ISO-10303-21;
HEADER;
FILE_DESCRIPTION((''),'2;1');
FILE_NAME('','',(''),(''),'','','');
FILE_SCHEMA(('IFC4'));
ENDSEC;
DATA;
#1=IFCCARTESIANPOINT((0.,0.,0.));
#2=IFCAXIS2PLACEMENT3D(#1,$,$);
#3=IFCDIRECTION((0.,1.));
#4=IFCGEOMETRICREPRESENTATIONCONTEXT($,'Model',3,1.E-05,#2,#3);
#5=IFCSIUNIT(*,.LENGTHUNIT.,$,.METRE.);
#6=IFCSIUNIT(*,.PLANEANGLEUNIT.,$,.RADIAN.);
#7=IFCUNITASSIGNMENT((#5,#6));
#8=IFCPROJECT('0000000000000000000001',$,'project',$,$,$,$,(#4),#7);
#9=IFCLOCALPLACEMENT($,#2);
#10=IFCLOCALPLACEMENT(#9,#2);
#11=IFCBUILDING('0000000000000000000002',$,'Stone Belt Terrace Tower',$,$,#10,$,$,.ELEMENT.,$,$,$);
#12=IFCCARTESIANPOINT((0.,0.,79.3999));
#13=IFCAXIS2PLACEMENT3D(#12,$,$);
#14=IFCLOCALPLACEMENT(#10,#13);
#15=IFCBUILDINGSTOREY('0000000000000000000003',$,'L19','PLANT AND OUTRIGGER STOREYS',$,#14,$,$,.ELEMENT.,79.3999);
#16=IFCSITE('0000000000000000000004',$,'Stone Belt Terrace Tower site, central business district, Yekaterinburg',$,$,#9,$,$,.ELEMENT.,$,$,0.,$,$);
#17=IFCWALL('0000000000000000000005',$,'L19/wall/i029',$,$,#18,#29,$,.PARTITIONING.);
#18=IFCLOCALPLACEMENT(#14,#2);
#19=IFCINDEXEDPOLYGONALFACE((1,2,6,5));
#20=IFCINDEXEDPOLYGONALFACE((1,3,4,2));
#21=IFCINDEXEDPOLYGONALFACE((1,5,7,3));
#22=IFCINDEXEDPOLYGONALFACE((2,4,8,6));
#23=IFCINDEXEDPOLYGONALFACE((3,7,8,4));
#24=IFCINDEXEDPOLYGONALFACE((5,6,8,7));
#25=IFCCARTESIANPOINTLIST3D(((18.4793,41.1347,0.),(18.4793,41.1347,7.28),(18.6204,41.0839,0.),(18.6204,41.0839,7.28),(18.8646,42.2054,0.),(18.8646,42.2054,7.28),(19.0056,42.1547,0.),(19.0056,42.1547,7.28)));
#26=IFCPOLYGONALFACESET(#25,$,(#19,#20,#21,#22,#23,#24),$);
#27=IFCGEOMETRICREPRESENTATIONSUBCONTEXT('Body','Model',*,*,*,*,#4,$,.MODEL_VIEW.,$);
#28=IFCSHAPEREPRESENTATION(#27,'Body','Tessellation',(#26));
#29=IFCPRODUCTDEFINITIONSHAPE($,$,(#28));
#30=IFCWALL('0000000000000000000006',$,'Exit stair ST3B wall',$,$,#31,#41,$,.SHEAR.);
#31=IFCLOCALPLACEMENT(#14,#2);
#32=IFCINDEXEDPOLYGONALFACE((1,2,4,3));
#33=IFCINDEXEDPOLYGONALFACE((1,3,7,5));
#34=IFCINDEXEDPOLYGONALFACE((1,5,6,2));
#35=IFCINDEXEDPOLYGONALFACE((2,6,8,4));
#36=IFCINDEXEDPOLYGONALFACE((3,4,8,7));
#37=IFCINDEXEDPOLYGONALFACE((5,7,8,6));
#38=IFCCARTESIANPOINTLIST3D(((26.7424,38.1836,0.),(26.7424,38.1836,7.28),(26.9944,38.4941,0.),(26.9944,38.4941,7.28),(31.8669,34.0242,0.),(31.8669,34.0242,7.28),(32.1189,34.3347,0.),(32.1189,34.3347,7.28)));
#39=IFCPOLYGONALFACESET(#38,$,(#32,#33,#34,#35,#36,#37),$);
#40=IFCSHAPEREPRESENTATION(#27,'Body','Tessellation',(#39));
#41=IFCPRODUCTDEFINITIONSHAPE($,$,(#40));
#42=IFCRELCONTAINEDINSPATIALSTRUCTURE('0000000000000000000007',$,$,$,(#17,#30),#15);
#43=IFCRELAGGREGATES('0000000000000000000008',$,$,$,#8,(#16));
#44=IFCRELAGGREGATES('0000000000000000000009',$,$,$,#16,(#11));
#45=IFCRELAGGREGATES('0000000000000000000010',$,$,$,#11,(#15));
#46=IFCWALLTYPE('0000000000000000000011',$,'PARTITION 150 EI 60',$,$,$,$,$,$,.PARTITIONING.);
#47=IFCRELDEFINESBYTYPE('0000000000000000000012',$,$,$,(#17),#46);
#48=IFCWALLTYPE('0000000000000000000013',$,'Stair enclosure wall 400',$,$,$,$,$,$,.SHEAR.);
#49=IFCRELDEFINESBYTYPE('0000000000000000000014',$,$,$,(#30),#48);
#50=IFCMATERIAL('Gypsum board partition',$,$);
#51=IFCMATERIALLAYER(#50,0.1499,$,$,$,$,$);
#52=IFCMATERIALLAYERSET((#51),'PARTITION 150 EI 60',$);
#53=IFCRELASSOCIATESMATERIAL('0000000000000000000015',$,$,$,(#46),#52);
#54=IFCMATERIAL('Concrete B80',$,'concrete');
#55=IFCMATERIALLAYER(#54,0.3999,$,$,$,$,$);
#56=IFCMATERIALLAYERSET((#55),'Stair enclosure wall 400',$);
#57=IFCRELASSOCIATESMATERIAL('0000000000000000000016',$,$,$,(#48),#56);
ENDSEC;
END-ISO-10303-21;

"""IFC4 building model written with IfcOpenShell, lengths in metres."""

from ifc_helpers import new_model, si_unit, direction, frame, frame_2d, origin, place, context, subcontext, project, spatial, rectangle, extrude, material, layer, layer_set, type_object, element, save


model = new_model("IFC4")

# Units and contexts
model_context = context("Model", 3, precision=1e-05, world=origin(), true_north=direction((0.0, 1.0)))
body_context = subcontext(model_context, "Body", "Model", "MODEL_VIEW")
ifc_project = project(units=[si_unit("LENGTHUNIT", "METRE"), si_unit("PLANEANGLEUNIT", "RADIAN")], contexts=[model_context])

# Site, building, storey
site_placement = place(None, origin())
site = spatial("IfcSite", under=ifc_project, at=site_placement, Name="Stone Belt Terrace Tower site, central business district, Yekaterinburg", CompositionType="ELEMENT", RefElevation=0.0)
building_placement = place(site_placement, origin())
building = spatial("IfcBuilding", under=site, at=building_placement, Name="Stone Belt Terrace Tower", CompositionType="ELEMENT")
storey_placement = place(building_placement, frame((0.0, 0.0, 79.3999)))
storey = spatial("IfcBuildingStorey", under=building, at=storey_placement, Name="L19", Description="PLANT AND OUTRIGGER STOREYS", CompositionType="ELEMENT", Elevation=79.3999)

# Shared definitions
ifc_material_1 = material(Name="Concrete B80", Category="concrete")

# Shared definitions
ifc_material_2 = material(Name="Gypsum board partition")
ifc_layer_1 = layer(ifc_material_2, 0.1499)
ifc_layer_set_1 = layer_set([ifc_layer_1], Name="PARTITION 150 EI 60")
wall_type_1 = type_object("IfcWallType", Name="PARTITION 150 EI 60", PredefinedType="PARTITIONING", material=ifc_layer_set_1)

# Walls
wall_1_placement = place(storey_placement, frame((18.9351, 42.1799, 0.0), z_axis=(0.0, 0.0, 1.0), x_axis=(-0.338537, -0.940953, 0.0)))
element("IfcWall", 1, at=wall_1_placement, inside=storey, type_object=wall_type_1, Name="L19/wall/i029", PredefinedType="PARTITIONING", context=body_context, shape_type="SweptSolid", body=[
    extrude(rectangle(XDim=1.1379, YDim=0.1499, at=frame_2d((0.5688, 0.0))), origin(), (0.0, 0.0, 1.0), 7.28),
])
ifc_layer_2 = layer(ifc_material_1, 0.3999)
ifc_layer_set_2 = layer_set([ifc_layer_2], Name="Stair enclosure wall 400")
wall_type_2 = type_object("IfcWallType", Name="Stair enclosure wall 400", PredefinedType="SHEAR", material=ifc_layer_set_2)
wall_2_placement = place(storey_placement, frame((26.8684, 38.3389, 0.0), z_axis=(0.0, 0.0, 1.0), x_axis=(0.776428, -0.630205, 0.0)))
element("IfcWall", 2, at=wall_2_placement, inside=storey, type_object=wall_type_2, Name="Exit stair ST3B wall", PredefinedType="SHEAR", context=body_context, shape_type="SweptSolid", body=[
    extrude(rectangle(XDim=6.6001, YDim=0.3999, at=frame_2d((3.3, 0.0))), origin(), (0.0, 0.0, 1.0), 7.28),
])

save(model, "model.ifc")
